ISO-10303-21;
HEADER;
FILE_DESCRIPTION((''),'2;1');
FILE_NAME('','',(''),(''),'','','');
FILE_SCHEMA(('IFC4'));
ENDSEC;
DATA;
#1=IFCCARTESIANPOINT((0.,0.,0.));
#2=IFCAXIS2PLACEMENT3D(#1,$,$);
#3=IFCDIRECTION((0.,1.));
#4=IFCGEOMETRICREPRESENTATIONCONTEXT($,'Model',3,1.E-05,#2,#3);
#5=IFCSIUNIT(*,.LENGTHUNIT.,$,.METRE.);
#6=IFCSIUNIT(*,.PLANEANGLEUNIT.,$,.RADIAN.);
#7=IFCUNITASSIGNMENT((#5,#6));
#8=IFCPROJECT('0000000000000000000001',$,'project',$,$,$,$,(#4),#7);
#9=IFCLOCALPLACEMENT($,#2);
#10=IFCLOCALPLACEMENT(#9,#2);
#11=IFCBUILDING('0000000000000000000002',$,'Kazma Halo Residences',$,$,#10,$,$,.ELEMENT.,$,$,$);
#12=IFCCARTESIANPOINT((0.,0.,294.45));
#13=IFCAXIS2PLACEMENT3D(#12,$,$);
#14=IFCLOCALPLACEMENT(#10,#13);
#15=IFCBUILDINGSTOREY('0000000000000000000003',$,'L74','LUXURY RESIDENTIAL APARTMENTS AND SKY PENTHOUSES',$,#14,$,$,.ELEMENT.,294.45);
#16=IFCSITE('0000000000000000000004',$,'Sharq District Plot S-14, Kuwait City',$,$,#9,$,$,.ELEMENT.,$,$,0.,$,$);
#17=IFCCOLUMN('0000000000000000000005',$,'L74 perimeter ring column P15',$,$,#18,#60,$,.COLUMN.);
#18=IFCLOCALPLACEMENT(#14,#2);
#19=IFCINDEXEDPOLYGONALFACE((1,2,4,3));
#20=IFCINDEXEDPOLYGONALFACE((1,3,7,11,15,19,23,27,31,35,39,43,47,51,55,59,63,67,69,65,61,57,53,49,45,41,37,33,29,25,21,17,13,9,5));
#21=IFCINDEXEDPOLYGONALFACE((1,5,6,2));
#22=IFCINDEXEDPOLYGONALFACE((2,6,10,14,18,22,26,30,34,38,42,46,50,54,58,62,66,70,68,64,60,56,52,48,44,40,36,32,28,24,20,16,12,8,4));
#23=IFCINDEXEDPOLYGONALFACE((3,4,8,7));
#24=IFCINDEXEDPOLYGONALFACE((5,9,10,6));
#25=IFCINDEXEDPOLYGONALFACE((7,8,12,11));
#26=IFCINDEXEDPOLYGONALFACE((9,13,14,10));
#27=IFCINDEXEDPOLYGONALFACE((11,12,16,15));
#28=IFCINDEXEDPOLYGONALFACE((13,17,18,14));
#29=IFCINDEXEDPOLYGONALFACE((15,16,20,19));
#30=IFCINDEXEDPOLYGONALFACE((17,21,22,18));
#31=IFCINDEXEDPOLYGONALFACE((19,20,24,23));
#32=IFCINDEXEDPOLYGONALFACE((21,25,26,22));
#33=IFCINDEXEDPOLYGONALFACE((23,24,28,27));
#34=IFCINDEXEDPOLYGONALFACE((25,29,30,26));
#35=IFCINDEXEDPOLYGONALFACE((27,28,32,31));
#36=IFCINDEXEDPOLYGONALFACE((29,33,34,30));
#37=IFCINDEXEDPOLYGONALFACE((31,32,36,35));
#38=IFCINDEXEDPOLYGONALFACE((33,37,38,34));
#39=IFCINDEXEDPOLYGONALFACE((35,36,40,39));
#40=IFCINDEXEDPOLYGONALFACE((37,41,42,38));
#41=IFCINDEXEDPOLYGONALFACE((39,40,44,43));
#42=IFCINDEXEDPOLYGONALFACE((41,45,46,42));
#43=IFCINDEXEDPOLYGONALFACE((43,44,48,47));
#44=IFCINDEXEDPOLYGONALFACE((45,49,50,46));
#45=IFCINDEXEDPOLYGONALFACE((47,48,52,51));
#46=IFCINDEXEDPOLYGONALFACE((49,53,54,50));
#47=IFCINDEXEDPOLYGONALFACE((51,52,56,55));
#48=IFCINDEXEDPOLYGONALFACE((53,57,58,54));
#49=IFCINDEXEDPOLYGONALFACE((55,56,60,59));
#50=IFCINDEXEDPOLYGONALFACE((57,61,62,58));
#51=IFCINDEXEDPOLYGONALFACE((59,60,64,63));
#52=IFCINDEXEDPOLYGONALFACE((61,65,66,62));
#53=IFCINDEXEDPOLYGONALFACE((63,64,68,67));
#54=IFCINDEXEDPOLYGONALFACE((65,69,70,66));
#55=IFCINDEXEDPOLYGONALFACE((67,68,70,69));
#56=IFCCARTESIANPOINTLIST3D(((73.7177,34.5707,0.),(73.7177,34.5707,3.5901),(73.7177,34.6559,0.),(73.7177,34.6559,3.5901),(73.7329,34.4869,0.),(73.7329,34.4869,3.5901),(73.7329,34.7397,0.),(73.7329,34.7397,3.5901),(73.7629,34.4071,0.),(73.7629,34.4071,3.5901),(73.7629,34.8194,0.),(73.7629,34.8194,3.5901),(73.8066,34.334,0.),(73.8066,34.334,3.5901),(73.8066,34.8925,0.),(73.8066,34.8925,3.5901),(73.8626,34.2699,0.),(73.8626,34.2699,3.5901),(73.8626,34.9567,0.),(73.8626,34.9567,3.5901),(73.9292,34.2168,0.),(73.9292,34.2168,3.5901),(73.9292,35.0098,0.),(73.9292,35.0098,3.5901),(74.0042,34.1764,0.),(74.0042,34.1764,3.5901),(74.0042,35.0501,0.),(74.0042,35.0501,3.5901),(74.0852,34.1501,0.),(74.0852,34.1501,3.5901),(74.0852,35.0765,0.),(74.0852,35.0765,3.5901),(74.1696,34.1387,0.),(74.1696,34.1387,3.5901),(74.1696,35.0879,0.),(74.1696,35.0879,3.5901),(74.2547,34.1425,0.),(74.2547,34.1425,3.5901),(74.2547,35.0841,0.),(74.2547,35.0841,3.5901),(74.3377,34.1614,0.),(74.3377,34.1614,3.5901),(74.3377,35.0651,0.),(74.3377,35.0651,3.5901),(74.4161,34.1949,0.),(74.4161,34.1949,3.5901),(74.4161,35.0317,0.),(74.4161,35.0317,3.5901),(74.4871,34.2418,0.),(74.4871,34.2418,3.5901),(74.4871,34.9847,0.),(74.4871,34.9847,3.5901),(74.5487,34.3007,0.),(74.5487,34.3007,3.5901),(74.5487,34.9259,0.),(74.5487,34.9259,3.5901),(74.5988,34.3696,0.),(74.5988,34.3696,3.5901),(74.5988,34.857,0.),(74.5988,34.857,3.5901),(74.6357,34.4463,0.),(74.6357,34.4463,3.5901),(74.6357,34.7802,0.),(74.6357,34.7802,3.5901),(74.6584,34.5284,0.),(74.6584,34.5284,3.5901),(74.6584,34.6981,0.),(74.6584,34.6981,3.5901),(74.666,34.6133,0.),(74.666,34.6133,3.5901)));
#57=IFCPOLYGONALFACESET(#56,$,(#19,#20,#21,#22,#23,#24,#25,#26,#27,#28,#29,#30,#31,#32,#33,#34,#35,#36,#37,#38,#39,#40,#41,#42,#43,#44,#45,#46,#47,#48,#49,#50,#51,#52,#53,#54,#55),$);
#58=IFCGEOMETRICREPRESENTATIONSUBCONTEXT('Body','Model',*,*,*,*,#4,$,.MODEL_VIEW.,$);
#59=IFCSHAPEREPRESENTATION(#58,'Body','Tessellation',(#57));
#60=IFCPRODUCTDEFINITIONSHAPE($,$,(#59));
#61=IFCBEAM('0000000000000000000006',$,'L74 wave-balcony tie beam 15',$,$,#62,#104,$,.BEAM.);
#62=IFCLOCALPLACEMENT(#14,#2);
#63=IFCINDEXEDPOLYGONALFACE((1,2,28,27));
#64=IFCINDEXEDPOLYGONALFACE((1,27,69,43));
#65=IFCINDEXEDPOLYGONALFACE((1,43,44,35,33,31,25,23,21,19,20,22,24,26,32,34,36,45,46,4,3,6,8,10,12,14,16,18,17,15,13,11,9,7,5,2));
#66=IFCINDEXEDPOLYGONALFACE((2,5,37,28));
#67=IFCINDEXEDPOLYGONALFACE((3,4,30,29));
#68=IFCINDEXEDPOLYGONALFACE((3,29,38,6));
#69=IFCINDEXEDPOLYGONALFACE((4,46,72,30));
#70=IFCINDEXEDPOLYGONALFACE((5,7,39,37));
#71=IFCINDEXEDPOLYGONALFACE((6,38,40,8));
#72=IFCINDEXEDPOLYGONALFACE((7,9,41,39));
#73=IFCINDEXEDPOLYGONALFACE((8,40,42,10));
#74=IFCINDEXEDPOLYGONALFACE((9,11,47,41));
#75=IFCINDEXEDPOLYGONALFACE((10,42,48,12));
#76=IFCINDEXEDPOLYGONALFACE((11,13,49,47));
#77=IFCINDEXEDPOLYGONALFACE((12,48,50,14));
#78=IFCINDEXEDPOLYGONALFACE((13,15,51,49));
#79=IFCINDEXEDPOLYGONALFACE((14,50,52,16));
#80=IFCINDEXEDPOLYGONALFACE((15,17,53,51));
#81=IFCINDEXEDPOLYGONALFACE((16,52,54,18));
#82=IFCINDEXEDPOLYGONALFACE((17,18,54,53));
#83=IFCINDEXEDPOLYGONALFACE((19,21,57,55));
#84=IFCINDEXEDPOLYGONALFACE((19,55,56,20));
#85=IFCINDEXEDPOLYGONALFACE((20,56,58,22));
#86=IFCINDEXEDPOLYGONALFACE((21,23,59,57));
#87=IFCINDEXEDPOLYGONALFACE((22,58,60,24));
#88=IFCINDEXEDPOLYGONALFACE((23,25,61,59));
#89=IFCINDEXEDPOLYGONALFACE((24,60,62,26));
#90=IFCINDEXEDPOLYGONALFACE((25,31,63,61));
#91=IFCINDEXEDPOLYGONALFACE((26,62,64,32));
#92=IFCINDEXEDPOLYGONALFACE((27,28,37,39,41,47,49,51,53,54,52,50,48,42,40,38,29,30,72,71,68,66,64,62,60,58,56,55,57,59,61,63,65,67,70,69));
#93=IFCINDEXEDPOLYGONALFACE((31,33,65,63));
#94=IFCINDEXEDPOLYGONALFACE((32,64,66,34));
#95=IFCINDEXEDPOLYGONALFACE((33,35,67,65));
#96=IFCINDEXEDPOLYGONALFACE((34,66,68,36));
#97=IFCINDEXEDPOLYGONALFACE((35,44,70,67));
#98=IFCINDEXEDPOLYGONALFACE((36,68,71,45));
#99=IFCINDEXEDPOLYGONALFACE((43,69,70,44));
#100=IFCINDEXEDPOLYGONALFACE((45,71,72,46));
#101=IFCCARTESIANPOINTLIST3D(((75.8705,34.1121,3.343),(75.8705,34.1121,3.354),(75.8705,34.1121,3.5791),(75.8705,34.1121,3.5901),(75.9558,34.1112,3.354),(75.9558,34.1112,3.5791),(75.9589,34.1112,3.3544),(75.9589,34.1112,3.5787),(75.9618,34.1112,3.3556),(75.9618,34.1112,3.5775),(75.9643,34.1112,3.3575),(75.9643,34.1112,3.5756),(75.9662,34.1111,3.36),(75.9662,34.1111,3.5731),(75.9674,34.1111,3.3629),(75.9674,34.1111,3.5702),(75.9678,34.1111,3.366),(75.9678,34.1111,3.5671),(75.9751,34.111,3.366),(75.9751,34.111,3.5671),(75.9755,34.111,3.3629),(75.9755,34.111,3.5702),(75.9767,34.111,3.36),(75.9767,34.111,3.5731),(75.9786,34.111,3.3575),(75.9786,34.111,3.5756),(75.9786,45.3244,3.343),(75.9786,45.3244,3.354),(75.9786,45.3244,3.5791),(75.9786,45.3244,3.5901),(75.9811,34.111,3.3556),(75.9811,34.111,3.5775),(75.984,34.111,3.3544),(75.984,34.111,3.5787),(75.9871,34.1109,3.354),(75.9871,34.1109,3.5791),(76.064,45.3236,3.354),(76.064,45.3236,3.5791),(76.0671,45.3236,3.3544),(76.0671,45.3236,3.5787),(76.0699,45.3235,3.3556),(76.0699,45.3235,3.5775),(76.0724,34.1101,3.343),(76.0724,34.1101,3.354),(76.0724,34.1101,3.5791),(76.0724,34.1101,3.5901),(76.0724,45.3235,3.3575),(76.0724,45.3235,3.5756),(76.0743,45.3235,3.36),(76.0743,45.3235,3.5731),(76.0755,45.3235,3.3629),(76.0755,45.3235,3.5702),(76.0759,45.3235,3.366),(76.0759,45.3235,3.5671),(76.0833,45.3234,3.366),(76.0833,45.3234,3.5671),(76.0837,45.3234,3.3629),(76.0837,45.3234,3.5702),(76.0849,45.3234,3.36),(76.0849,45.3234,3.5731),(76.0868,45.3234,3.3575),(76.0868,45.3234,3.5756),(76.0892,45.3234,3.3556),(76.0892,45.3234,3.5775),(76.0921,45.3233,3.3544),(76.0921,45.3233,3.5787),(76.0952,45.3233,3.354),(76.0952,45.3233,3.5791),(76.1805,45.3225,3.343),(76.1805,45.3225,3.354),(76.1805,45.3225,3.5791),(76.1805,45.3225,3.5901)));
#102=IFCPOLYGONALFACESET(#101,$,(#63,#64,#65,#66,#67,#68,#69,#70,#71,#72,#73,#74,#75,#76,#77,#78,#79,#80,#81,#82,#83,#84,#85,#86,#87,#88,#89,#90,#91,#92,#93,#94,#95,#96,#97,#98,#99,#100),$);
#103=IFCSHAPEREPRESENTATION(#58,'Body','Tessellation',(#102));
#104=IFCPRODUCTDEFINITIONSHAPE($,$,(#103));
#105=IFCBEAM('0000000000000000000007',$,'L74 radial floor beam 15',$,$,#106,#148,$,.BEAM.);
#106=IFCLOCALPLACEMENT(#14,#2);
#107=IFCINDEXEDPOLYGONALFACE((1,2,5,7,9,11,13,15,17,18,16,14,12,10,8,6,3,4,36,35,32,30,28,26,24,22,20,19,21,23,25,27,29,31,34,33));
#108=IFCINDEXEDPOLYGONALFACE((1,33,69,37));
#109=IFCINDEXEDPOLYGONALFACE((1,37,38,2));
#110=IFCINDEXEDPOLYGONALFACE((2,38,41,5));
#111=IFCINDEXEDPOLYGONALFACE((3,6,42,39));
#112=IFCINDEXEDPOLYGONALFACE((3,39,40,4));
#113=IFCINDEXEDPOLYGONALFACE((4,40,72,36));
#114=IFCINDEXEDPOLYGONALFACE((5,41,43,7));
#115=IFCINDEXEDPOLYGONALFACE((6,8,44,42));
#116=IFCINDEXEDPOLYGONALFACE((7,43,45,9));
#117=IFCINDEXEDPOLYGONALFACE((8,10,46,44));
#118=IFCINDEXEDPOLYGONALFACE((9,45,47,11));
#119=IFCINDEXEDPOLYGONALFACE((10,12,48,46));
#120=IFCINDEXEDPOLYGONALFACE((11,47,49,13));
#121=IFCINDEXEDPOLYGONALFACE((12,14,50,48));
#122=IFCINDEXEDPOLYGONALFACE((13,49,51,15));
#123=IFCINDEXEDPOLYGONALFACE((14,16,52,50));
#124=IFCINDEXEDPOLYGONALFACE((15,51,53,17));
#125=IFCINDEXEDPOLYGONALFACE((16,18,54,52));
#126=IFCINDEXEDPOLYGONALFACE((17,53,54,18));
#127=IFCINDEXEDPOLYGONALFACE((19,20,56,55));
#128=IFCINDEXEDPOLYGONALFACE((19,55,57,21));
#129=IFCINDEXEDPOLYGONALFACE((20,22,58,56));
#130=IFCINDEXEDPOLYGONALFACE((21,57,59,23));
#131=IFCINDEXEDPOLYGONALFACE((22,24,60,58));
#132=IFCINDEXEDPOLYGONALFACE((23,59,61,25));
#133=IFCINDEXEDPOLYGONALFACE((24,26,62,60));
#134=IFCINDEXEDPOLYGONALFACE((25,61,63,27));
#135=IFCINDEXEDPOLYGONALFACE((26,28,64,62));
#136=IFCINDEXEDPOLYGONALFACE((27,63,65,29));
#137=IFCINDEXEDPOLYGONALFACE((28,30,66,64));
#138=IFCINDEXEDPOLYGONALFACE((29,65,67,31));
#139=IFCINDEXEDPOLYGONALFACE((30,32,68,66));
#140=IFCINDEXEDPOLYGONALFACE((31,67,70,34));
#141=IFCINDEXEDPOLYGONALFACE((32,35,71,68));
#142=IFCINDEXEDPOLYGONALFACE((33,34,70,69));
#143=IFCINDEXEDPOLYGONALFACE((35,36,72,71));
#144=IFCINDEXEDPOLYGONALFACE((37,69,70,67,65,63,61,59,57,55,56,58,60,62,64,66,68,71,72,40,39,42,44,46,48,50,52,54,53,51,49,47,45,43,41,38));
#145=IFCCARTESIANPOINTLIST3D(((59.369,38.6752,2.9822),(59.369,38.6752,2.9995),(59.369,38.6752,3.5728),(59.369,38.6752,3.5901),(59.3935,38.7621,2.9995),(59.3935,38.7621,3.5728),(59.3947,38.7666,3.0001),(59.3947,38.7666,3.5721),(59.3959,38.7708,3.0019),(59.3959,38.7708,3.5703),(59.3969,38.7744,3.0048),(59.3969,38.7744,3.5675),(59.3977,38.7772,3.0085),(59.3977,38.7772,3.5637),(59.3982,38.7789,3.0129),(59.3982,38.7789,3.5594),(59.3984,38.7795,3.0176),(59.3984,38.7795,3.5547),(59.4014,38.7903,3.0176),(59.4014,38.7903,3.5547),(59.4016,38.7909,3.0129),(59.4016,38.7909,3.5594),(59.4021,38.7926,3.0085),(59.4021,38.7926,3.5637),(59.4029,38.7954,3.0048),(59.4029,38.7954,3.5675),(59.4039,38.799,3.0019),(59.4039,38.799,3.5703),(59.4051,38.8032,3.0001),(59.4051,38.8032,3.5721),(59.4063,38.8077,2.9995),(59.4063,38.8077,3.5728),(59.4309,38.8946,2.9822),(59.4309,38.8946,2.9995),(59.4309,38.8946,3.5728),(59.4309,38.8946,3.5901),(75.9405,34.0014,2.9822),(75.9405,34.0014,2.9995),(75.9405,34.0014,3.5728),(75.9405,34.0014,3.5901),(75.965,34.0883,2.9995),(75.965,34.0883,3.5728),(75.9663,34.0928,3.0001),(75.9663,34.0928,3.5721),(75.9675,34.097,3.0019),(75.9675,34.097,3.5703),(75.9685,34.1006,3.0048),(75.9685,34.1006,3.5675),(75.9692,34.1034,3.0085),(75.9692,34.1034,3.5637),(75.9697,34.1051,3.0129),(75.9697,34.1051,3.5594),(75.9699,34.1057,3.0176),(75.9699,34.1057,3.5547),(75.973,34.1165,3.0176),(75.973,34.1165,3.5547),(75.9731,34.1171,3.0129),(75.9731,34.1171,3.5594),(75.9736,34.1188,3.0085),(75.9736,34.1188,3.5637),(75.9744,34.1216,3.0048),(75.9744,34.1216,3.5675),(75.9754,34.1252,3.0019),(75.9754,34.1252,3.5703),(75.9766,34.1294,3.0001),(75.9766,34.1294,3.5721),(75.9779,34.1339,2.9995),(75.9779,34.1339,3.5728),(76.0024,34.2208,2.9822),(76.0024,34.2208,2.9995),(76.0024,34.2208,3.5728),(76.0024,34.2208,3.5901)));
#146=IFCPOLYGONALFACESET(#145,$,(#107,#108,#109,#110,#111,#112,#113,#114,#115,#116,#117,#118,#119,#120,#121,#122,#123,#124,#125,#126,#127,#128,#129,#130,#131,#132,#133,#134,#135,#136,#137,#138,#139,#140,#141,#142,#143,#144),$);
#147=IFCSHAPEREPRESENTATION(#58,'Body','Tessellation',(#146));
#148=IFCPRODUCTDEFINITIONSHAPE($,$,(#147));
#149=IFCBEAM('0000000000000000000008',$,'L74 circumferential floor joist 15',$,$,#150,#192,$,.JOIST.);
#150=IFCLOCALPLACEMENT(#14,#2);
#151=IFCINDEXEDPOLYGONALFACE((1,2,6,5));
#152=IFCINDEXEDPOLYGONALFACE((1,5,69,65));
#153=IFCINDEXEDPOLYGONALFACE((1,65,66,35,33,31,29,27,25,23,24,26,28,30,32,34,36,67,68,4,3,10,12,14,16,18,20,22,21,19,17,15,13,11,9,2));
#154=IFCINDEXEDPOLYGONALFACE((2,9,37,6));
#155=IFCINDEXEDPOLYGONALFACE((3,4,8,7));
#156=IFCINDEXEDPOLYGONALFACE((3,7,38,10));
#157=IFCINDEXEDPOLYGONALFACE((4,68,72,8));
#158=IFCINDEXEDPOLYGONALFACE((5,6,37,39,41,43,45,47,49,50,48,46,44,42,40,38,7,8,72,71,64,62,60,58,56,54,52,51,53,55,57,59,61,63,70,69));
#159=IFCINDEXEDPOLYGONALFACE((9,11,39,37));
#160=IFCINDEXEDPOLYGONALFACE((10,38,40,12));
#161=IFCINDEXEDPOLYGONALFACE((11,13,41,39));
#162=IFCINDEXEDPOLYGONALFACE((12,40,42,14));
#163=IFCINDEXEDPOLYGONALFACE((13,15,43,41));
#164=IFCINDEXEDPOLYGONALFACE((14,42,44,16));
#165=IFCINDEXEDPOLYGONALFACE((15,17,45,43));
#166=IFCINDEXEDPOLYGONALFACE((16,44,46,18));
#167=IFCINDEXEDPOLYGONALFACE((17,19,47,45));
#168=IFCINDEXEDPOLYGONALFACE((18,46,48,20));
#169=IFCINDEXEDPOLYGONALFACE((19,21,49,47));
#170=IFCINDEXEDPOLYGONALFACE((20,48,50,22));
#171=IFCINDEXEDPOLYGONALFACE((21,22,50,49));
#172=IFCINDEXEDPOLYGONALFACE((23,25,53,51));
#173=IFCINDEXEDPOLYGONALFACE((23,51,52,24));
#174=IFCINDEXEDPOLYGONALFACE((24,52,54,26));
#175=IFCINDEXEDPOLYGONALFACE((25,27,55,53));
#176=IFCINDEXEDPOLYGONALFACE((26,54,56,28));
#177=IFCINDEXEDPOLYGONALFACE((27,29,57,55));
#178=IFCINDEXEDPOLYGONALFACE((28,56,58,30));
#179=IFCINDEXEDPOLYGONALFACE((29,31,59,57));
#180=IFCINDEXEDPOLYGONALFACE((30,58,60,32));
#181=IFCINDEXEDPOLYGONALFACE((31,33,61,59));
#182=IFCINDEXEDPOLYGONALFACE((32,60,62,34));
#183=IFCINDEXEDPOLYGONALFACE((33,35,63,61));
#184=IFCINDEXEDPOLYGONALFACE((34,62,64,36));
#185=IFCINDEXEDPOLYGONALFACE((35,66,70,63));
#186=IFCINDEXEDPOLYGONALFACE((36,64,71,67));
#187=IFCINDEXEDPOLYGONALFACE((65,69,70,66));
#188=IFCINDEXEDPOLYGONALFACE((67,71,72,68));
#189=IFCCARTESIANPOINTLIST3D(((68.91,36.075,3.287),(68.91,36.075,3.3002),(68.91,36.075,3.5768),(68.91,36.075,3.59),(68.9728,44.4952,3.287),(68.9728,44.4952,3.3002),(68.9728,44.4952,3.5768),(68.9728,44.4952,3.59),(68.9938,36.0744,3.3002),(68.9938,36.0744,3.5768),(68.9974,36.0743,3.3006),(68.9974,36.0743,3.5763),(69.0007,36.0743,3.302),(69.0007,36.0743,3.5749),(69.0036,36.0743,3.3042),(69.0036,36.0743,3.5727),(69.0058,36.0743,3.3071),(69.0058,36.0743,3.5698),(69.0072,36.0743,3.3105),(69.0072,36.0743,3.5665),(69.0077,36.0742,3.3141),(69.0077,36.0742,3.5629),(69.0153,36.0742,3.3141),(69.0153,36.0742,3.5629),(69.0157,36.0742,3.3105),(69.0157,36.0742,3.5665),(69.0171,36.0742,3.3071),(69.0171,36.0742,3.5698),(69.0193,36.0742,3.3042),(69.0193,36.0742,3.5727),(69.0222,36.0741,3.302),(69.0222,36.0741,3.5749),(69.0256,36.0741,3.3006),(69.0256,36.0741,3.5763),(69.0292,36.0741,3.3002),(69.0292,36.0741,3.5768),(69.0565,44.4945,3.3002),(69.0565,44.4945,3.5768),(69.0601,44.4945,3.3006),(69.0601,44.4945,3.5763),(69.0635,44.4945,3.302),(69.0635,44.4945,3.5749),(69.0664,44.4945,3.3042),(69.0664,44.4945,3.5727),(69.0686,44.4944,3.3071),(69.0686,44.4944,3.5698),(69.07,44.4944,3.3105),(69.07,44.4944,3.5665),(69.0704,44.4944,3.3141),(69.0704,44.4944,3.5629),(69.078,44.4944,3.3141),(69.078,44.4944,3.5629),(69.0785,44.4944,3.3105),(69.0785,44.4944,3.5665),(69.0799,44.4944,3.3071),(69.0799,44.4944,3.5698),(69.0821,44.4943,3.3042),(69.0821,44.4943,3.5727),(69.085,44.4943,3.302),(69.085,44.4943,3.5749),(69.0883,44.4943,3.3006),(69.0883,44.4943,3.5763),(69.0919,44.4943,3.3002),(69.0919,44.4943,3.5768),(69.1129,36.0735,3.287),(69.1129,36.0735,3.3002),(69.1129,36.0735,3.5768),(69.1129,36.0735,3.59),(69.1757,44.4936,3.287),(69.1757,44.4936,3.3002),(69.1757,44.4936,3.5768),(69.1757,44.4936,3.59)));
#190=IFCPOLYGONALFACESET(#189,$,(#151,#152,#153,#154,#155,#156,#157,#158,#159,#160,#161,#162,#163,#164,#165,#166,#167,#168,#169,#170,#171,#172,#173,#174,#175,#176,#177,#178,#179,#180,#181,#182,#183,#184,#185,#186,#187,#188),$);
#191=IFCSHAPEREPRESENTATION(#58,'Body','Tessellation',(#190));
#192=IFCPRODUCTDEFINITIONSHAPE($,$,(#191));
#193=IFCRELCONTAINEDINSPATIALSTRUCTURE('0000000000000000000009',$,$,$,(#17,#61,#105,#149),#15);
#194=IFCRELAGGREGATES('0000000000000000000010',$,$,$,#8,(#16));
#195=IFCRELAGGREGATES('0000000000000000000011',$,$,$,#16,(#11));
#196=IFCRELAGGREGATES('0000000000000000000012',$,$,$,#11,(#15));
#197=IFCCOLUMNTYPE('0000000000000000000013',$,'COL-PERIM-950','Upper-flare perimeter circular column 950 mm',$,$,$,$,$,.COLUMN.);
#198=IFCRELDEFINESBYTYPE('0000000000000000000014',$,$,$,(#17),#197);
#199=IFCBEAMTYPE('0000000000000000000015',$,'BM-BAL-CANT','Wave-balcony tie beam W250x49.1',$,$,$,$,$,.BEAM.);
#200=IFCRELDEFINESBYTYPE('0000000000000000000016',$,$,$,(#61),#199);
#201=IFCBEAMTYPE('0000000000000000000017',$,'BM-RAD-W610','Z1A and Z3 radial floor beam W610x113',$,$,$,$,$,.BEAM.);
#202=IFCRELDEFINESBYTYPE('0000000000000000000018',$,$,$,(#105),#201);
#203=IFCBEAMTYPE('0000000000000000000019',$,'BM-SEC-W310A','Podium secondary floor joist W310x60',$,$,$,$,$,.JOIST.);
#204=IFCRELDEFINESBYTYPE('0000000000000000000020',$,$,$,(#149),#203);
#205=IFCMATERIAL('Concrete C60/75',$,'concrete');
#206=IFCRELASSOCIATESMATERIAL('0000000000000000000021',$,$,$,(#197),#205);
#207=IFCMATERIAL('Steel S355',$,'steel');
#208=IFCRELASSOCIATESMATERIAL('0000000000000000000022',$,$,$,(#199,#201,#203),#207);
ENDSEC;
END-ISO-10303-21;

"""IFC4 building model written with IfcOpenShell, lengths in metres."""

from ifc_helpers import new_model, si_unit, direction, frame, origin, origin_2d, place, context, subcontext, project, spatial, circle, i_section, extrude, material, material_profile, profile_set, type_object, element, save


model = new_model("IFC4")

# Units and contexts
model_context = context("Model", 3, precision=1e-05, world=origin(), true_north=direction((0.0, 1.0)))
body_context = subcontext(model_context, "Body", "Model", "MODEL_VIEW")
ifc_project = project(units=[si_unit("LENGTHUNIT", "METRE"), si_unit("PLANEANGLEUNIT", "RADIAN")], contexts=[model_context])

# Site, building, storey
site_placement = place(None, origin())
site = spatial("IfcSite", under=ifc_project, at=site_placement, Name="Sharq District Plot S-14, Kuwait City", CompositionType="ELEMENT", RefElevation=0.0)
building_placement = place(site_placement, origin())
building = spatial("IfcBuilding", under=site, at=building_placement, Name="Kazma Halo Residences", CompositionType="ELEMENT")
storey_placement = place(building_placement, frame((0.0, 0.0, 294.45)))
storey = spatial("IfcBuildingStorey", under=building, at=storey_placement, Name="L74", Description="LUXURY RESIDENTIAL APARTMENTS AND SKY PENTHOUSES", CompositionType="ELEMENT", Elevation=294.45)

# Column
ifc_material_1 = material(Name="Concrete C60/75", Category="concrete")
ifc_material_profile_1 = material_profile(ifc_material_1, circle(Radius=0.4751, at=origin_2d()), Name="CIRC950")
ifc_profile_set_1 = profile_set([ifc_material_profile_1], Name="Concrete C60/75")
column_type = type_object("IfcColumnType", Name="COL-PERIM-950", Description="Upper-flare perimeter circular column 950 mm", PredefinedType="COLUMN", material=ifc_profile_set_1)
column_placement = place(storey_placement, frame((74.1909, 34.6133, 0.0), z_axis=(0.0, 0.0, 1.0), x_axis=(1.0, 0.0, 0.0)))
element("IfcColumn", 1, at=column_placement, inside=storey, type_object=column_type, Name="L74 perimeter ring column P15", PredefinedType="COLUMN", context=body_context, shape_type="SweptSolid", body=[
    extrude(circle(Radius=0.4751, at=origin_2d()), origin(), (0.0, 0.0, 1.0), 3.5901),
])

# Beams
ifc_material_2 = material(Name="Steel S355", Category="steel")
ifc_material_profile_2 = material_profile(ifc_material_2, i_section(OverallWidth=0.2019, OverallDepth=0.2471, WebThickness=0.0073, FlangeThickness=0.011, FilletRadius=0.012, at=origin_2d()), Name="W250x49.1")
ifc_profile_set_2 = profile_set([ifc_material_profile_2], Name="Steel S355")
beam_type_1 = type_object("IfcBeamType", Name="BM-BAL-CANT", Description="Wave-balcony tie beam W250x49.1", PredefinedType="BEAM", material=ifc_profile_set_2)
beam_1_placement = place(storey_placement, frame((75.9714, 34.1111, 3.4666), z_axis=(0.009646, 0.999953, 0.0), x_axis=(-0.999953, 0.009646, 0.0)))
element("IfcBeam", 2, at=beam_1_placement, inside=storey, type_object=beam_type_1, Name="L74 wave-balcony tie beam 15", PredefinedType="BEAM", context=body_context, shape_type="SweptSolid", body=[
    extrude(i_section(OverallWidth=0.2019, OverallDepth=0.2471, WebThickness=0.0073, FlangeThickness=0.011, FilletRadius=0.012, at=origin_2d()), origin(), (0.0, 0.0, 1.0), 11.2129),
])
ifc_material_profile_3 = material_profile(ifc_material_2, i_section(OverallWidth=0.228, OverallDepth=0.6079, WebThickness=0.0112, FlangeThickness=0.0173, FilletRadius=0.0181, at=origin_2d()), Name="W610x113")
ifc_profile_set_3 = profile_set([ifc_material_profile_3], Name="Steel S355")
beam_type_2 = type_object("IfcBeamType", Name="BM-RAD-W610", Description="Z1A and Z3 radial floor beam W610x113", PredefinedType="BEAM", material=ifc_profile_set_3)
beam_2_placement = place(storey_placement, frame((59.3999, 38.7849, 3.2861), z_axis=(0.962453, -0.27145, 0.0), x_axis=(0.27145, 0.962453, 0.0)))
element("IfcBeam", 3, at=beam_2_placement, inside=storey, type_object=beam_type_2, Name="L74 radial floor beam 15", PredefinedType="BEAM", context=body_context, shape_type="SweptSolid", body=[
    extrude(i_section(OverallWidth=0.228, OverallDepth=0.6079, WebThickness=0.0112, FlangeThickness=0.0173, FilletRadius=0.0181, at=origin_2d()), origin(), (0.0, 0.0, 1.0), 17.218),
])
ifc_material_profile_4 = material_profile(ifc_material_2, i_section(OverallWidth=0.2029, OverallDepth=0.303, WebThickness=0.0076, FlangeThickness=0.0132, FilletRadius=0.0139, at=origin_2d()), Name="W310x60")
ifc_profile_set_4 = profile_set([ifc_material_profile_4], Name="Steel S355")
beam_type_3 = type_object("IfcBeamType", Name="BM-SEC-W310A", Description="Podium secondary floor joist W310x60", PredefinedType="JOIST", material=ifc_profile_set_4)
beam_3_placement = place(storey_placement, frame((69.0115, 36.0742, 3.4385), z_axis=(0.007451, 0.999972, 0.0), x_axis=(-0.999972, 0.007451, 0.0)))
element("IfcBeam", 4, at=beam_3_placement, inside=storey, type_object=beam_type_3, Name="L74 circumferential floor joist 15", PredefinedType="JOIST", context=body_context, shape_type="SweptSolid", body=[
    extrude(i_section(OverallWidth=0.2029, OverallDepth=0.303, WebThickness=0.0076, FlangeThickness=0.0132, FilletRadius=0.0139, at=origin_2d()), origin(), (0.0, 0.0, 1.0), 8.4204),
])

save(model, "model.ifc")
